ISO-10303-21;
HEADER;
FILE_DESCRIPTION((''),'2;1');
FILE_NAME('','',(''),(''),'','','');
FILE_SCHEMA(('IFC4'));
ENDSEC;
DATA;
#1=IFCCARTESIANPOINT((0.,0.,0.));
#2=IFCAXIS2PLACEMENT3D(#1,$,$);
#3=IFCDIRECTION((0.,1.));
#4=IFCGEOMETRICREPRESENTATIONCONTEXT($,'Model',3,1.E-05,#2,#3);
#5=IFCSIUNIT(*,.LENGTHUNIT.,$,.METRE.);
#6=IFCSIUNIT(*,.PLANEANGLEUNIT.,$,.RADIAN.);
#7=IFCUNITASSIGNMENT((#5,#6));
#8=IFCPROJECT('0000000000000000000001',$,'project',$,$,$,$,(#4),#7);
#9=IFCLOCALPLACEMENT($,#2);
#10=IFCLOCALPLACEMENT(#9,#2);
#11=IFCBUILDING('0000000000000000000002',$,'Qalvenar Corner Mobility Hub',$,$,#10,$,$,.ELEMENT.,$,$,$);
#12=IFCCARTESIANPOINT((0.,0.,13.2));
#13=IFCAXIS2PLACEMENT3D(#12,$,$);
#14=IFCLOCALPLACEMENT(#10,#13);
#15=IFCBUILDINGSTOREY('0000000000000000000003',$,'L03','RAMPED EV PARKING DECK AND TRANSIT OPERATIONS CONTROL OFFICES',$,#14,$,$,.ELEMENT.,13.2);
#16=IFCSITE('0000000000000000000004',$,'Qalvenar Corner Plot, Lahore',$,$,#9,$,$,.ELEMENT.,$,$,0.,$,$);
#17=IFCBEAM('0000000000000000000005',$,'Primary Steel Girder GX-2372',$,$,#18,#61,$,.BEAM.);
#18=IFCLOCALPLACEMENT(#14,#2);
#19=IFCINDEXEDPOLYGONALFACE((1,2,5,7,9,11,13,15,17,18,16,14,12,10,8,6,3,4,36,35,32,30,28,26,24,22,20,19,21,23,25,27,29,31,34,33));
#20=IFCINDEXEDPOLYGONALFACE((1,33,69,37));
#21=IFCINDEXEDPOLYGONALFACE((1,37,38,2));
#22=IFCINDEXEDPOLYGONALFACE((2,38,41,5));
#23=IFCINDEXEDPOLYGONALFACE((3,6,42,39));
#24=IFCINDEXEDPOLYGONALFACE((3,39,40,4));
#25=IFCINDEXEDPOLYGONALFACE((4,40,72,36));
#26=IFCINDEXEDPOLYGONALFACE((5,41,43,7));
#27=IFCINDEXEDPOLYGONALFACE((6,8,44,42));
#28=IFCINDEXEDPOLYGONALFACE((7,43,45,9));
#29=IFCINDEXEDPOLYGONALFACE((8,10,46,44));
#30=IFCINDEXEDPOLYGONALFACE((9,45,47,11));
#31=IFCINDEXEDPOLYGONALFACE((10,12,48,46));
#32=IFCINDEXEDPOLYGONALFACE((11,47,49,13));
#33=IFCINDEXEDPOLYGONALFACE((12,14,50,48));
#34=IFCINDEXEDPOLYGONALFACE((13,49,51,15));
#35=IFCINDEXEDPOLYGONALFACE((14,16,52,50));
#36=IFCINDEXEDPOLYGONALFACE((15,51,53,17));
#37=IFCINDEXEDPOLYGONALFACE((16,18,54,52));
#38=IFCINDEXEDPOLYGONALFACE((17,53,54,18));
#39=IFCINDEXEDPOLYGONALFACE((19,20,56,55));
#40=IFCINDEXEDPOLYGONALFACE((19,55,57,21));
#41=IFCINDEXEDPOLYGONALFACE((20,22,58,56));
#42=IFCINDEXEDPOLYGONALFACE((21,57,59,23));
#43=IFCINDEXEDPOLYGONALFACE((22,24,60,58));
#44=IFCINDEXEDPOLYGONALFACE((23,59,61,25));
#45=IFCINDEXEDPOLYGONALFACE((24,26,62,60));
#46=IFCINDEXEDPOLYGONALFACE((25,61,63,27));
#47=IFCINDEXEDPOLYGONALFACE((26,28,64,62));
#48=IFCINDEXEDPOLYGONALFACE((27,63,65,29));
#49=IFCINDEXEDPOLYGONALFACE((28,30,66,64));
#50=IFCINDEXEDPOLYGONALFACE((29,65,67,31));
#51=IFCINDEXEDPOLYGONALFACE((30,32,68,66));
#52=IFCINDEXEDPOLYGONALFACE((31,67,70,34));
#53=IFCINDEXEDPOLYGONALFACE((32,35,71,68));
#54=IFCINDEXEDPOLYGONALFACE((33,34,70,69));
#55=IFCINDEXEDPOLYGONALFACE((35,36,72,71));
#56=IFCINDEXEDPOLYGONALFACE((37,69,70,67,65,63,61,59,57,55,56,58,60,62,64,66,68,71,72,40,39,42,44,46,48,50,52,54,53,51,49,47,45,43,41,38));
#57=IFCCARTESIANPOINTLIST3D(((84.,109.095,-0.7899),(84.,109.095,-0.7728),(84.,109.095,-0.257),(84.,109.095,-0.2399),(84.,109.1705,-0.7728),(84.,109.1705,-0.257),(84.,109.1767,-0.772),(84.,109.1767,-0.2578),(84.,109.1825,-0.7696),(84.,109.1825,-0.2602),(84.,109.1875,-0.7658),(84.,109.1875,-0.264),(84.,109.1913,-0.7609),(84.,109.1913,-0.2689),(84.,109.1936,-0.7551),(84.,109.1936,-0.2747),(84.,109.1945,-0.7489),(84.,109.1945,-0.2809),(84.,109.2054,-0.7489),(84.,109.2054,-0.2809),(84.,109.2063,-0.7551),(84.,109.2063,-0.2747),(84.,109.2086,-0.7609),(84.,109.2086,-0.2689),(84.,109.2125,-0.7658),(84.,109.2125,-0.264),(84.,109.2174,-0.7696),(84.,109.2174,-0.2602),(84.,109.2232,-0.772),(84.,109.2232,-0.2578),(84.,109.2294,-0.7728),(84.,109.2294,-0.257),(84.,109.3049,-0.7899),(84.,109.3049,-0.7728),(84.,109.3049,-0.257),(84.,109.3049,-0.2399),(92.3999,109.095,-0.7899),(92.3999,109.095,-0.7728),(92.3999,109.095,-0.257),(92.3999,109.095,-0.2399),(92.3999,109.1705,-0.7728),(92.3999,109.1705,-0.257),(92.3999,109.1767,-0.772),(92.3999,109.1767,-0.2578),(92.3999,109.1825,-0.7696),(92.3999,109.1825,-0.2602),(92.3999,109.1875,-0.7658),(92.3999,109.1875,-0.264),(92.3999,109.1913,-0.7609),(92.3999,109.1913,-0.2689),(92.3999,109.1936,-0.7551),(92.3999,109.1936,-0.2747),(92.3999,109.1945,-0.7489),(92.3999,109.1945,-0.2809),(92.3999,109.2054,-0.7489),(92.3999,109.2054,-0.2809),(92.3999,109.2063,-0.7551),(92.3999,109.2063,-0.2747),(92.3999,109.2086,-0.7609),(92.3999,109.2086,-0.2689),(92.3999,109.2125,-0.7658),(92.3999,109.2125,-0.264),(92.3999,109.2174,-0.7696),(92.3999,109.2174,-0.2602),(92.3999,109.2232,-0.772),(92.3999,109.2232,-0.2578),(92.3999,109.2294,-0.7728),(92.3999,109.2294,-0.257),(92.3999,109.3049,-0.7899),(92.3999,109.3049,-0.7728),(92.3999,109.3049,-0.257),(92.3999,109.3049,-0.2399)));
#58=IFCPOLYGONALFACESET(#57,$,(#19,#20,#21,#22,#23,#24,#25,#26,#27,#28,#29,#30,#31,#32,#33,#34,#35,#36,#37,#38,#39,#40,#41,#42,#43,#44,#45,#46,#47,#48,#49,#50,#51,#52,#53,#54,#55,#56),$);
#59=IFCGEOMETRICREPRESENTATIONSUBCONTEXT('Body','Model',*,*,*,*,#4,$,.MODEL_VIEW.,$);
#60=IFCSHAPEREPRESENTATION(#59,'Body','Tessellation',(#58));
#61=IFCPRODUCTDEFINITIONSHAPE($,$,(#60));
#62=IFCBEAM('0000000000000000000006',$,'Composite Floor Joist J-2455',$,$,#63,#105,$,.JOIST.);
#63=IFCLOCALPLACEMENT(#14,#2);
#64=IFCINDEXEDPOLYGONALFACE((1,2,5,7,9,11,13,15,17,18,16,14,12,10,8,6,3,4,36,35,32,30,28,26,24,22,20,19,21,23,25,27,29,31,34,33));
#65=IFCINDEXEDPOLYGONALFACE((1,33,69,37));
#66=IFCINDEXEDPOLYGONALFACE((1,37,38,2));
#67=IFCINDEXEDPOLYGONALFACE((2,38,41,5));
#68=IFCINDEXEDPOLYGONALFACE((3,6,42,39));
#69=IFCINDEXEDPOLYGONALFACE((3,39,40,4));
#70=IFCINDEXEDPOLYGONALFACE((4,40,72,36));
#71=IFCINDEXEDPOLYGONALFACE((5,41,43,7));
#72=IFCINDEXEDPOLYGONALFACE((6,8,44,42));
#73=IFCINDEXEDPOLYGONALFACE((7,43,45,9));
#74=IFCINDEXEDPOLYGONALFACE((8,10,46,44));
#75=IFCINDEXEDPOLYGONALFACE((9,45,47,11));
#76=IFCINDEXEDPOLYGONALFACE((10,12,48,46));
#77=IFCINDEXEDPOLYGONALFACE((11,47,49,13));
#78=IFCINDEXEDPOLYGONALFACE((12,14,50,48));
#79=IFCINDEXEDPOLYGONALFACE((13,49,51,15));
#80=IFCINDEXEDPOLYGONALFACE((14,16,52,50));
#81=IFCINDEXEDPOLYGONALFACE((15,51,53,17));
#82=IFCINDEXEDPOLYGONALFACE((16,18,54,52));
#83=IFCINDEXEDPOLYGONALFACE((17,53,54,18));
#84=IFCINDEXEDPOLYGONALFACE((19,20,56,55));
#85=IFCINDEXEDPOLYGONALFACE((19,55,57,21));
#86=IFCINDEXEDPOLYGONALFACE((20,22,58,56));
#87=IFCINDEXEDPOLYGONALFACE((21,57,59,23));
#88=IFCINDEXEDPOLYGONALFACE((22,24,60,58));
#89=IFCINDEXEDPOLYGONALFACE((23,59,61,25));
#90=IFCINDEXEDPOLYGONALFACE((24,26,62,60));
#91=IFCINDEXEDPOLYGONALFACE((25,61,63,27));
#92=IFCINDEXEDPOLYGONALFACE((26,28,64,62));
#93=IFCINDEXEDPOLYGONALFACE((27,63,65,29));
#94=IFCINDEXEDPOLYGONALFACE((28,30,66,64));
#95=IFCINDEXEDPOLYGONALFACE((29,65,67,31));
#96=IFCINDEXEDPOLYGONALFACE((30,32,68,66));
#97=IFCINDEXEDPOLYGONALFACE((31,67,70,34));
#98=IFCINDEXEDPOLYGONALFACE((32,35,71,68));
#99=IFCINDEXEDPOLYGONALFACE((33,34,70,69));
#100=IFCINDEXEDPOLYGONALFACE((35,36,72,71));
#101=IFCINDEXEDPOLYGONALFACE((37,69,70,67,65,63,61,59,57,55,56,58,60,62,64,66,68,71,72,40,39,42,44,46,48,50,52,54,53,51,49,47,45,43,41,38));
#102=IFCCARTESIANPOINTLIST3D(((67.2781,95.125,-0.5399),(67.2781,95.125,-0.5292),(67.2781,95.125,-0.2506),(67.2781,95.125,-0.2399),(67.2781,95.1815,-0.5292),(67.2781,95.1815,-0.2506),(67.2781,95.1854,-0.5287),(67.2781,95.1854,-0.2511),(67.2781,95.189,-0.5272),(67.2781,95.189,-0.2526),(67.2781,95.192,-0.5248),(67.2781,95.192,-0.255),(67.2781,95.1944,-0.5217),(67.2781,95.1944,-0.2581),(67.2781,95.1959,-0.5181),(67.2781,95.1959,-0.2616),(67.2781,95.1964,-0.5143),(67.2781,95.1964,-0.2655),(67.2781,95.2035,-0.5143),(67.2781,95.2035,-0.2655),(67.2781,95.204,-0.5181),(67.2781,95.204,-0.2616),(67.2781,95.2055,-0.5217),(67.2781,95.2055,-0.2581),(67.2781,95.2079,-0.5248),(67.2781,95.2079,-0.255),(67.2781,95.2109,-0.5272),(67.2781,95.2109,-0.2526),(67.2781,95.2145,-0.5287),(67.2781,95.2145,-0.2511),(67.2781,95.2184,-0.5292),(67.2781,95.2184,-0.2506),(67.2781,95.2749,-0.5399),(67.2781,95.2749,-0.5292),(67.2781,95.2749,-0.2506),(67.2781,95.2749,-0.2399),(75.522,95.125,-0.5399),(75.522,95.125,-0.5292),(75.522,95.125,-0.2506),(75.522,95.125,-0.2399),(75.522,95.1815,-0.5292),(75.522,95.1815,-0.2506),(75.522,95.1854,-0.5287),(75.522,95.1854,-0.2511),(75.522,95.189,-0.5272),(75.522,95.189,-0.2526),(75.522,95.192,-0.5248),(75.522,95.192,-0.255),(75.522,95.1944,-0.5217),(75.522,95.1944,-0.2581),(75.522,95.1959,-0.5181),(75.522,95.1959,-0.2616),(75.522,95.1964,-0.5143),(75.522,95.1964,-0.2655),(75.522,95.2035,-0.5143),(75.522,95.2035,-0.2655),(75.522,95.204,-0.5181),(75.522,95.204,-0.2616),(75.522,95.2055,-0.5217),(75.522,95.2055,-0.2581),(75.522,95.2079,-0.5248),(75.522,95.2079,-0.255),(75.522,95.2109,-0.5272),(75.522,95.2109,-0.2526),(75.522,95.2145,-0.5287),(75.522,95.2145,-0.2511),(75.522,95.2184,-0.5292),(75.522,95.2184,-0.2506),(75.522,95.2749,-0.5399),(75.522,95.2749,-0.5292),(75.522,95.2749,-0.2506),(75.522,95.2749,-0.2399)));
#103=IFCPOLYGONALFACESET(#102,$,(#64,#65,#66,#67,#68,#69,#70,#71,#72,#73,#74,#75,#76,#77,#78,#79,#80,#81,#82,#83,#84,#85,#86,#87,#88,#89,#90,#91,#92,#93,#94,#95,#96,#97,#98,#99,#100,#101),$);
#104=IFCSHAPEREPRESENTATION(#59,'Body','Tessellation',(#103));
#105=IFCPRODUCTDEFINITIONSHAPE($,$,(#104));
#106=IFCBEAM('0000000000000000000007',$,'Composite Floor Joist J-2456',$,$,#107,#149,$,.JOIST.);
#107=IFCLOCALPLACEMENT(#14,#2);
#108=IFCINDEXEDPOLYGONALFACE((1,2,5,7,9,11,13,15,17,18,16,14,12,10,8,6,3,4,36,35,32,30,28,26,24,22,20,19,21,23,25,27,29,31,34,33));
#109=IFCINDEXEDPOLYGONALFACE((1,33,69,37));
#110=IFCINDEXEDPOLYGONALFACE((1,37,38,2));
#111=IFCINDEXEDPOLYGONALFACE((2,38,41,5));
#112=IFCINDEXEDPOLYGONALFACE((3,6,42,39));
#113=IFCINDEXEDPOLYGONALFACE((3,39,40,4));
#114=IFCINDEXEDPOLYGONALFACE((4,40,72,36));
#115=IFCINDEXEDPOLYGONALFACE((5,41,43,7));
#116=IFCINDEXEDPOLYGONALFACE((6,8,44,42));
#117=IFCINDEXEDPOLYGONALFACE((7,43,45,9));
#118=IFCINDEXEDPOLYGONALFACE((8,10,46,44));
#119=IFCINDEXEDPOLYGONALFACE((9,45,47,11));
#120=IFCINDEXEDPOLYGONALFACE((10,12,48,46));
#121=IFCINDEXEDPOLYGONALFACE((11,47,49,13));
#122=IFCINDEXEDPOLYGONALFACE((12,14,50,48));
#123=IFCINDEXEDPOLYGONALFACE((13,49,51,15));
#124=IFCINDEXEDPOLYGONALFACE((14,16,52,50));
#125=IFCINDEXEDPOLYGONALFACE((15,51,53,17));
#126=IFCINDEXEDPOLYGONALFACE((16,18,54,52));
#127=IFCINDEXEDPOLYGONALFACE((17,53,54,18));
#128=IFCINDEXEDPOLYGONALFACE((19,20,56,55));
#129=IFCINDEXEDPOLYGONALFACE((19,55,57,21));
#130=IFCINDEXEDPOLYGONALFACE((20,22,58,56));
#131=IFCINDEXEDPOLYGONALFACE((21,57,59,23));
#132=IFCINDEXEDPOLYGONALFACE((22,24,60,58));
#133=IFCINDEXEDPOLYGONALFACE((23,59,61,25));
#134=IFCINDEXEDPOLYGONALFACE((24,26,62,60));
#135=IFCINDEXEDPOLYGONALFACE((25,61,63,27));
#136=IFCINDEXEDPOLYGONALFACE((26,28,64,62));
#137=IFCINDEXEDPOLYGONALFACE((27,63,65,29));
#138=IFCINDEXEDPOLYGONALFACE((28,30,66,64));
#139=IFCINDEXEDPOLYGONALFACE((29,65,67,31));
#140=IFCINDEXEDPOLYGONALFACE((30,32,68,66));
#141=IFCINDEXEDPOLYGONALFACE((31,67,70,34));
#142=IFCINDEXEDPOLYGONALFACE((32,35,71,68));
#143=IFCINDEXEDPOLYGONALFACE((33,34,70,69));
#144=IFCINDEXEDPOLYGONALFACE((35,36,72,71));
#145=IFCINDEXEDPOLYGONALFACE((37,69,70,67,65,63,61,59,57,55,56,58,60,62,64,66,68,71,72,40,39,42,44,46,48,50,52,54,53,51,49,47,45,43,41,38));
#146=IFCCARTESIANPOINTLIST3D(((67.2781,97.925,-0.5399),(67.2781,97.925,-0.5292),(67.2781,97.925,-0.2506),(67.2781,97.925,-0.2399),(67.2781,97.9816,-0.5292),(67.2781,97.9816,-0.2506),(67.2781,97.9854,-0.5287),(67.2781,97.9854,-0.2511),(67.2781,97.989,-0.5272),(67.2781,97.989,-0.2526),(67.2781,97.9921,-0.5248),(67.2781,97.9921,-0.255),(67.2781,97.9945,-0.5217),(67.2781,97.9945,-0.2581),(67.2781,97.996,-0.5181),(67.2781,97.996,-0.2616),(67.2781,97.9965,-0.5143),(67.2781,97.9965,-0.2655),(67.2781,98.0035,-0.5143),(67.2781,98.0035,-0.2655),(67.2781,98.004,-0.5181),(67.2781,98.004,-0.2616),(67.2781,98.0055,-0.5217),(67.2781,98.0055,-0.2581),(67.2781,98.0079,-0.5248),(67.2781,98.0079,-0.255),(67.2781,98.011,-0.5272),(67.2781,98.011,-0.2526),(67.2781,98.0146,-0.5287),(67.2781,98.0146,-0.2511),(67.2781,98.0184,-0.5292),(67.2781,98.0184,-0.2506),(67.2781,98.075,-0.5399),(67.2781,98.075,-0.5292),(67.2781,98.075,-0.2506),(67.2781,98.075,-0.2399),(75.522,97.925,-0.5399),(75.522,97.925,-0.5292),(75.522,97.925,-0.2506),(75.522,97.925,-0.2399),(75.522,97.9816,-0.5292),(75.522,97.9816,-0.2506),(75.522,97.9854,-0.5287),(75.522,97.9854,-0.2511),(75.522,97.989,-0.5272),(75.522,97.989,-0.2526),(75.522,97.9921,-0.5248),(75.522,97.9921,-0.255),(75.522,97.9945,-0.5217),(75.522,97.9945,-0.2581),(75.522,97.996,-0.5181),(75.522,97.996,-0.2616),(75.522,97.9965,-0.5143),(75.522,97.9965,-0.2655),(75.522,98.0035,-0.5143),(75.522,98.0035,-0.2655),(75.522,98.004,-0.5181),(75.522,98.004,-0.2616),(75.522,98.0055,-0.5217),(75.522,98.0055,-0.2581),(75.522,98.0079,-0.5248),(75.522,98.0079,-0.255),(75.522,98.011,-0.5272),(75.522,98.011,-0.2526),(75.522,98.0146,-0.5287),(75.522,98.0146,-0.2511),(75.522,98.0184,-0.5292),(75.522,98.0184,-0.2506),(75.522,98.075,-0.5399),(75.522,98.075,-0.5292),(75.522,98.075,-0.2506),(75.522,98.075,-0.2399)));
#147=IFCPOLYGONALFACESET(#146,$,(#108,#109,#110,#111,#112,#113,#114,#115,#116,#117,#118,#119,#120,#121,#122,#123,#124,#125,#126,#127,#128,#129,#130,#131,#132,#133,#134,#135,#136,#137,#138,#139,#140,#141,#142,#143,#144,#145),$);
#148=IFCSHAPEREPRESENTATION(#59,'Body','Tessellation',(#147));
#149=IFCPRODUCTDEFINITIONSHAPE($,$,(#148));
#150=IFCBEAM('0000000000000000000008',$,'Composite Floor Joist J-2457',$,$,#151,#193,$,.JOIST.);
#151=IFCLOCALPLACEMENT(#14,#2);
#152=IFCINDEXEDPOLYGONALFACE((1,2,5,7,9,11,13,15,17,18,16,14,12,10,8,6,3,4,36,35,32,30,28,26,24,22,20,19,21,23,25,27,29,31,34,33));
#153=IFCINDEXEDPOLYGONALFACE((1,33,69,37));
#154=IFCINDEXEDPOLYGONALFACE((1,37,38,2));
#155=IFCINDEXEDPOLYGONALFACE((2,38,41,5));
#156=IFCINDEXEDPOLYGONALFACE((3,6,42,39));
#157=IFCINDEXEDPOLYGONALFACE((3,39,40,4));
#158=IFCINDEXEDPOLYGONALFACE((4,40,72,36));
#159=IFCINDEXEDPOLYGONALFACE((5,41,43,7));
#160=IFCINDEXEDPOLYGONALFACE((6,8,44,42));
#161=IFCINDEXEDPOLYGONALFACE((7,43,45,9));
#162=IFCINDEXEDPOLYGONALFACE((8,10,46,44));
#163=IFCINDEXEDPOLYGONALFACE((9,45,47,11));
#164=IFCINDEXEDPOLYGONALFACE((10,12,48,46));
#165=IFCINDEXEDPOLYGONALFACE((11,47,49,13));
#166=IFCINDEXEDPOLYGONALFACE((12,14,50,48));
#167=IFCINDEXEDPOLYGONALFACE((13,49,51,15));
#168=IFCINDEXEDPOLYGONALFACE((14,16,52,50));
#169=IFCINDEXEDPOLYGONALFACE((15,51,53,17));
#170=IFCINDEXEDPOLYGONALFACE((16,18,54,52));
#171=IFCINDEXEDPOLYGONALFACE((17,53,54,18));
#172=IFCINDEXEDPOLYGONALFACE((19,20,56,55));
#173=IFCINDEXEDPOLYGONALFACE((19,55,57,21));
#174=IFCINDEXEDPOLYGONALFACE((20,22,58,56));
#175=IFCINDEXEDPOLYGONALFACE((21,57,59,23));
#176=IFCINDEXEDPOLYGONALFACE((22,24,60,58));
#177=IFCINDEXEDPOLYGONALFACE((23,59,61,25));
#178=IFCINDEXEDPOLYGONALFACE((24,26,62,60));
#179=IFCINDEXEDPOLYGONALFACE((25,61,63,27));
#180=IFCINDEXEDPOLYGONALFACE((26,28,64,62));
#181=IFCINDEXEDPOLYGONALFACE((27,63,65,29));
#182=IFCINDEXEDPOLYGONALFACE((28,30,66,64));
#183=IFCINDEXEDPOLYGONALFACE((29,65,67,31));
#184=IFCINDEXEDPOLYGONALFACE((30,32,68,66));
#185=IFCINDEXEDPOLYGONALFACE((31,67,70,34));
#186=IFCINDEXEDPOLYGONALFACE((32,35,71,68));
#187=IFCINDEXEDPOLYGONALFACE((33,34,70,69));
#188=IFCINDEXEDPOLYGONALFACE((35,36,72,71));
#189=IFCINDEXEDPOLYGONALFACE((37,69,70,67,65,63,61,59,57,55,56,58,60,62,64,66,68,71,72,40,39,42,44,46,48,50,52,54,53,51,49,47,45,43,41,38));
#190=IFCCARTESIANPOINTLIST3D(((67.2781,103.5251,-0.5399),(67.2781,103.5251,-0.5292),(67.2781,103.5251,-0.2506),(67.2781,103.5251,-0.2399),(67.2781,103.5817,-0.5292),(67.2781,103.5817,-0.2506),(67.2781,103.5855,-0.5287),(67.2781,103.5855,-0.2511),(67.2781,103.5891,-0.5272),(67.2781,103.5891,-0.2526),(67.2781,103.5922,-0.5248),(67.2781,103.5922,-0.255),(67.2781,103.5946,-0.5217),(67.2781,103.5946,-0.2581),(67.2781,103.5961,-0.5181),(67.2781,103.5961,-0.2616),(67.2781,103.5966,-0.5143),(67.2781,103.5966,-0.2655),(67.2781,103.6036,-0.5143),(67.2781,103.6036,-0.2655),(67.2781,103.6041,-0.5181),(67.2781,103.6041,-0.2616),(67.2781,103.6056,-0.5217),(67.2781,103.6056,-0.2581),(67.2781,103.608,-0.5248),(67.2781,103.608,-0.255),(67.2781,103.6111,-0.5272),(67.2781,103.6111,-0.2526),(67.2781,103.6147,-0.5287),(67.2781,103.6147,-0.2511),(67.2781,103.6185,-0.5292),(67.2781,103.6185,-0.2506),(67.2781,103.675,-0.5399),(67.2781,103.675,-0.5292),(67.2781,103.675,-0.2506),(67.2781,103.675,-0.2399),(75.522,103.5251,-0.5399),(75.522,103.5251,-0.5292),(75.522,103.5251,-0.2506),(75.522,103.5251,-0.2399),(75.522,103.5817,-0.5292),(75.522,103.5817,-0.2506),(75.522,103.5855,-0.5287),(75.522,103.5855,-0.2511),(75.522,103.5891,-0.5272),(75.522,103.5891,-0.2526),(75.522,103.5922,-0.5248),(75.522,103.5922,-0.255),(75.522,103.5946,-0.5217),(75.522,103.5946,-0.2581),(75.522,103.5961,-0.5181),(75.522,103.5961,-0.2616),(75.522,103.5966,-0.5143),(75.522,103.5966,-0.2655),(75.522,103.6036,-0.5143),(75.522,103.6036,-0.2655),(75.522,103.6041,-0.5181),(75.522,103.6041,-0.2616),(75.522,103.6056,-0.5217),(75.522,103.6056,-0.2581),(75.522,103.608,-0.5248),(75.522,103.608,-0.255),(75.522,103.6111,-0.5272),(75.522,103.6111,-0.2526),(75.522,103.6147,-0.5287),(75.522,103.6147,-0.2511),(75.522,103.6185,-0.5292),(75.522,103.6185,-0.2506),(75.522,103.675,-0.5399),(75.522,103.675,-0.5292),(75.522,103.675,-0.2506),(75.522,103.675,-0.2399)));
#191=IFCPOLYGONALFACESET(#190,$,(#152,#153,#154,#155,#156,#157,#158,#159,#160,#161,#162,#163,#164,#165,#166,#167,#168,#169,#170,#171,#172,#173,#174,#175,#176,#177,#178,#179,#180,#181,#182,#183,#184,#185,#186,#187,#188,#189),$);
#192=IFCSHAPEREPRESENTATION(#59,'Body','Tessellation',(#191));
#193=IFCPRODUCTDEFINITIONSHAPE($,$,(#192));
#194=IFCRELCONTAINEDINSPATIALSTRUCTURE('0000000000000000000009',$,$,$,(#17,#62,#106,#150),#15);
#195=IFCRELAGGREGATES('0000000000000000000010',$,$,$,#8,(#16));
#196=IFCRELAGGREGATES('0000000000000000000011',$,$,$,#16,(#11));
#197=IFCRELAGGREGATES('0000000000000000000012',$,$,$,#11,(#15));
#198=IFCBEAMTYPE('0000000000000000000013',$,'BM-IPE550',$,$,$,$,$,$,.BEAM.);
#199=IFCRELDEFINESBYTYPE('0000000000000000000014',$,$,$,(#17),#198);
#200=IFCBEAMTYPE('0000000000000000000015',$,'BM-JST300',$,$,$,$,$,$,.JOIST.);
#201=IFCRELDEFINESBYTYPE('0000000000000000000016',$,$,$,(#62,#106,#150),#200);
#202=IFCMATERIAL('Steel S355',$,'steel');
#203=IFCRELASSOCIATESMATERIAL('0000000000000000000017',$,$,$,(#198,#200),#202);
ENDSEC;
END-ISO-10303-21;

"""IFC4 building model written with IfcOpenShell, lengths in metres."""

from ifc_helpers import new_model, si_unit, direction, frame, origin, origin_2d, place, context, subcontext, project, spatial, i_section, extrude, material, material_profile, profile_set, type_object, element, save


model = new_model("IFC4")

# Units and contexts
model_context = context("Model", 3, precision=1e-05, world=origin(), true_north=direction((0.0, 1.0)))
body_context = subcontext(model_context, "Body", "Model", "MODEL_VIEW")
ifc_project = project(units=[si_unit("LENGTHUNIT", "METRE"), si_unit("PLANEANGLEUNIT", "RADIAN")], contexts=[model_context])

# Site, building, storey
site_placement = place(None, origin())
site = spatial("IfcSite", under=ifc_project, at=site_placement, Name="Qalvenar Corner Plot, Lahore", CompositionType="ELEMENT", RefElevation=0.0)
building_placement = place(site_placement, origin())
building = spatial("IfcBuilding", under=site, at=building_placement, Name="Qalvenar Corner Mobility Hub", CompositionType="ELEMENT")
storey_placement = place(building_placement, frame((0.0, 0.0, 13.2)))
storey = spatial("IfcBuildingStorey", under=building, at=storey_placement, Name="L03", Description="RAMPED EV PARKING DECK AND TRANSIT OPERATIONS CONTROL OFFICES", CompositionType="ELEMENT", Elevation=13.2)

# Shared definitions
ifc_material = material(Name="Steel S355", Category="steel")

# Beams
ifc_material_profile_1 = material_profile(ifc_material, i_section(OverallWidth=0.21, OverallDepth=0.55, WebThickness=0.011, FlangeThickness=0.0171, FilletRadius=0.0239, at=origin_2d()), Name="IPE550")
ifc_profile_set_1 = profile_set([ifc_material_profile_1], Name="Steel S355")
beam_type_1 = type_object("IfcBeamType", Name="BM-IPE550", PredefinedType="BEAM", material=ifc_profile_set_1)
for number, where, z_axis, x_axis, name in (
    (1, (84.0, 109.2, -0.5149), (1.0, 0.0, 0.0), (0.0, 1.0, 0.0), "Primary Steel Girder GX-2372"),
):
    element("IfcBeam", number, at=place(storey_placement, frame(where, z_axis=z_axis, x_axis=x_axis)), inside=storey, type_object=beam_type_1, Name=name, PredefinedType="BEAM", context=body_context, shape_type="SweptSolid", body=[
        extrude(i_section(OverallWidth=0.21, OverallDepth=0.55, WebThickness=0.011, FlangeThickness=0.0171, FilletRadius=0.0239, at=origin_2d()), origin(), (0.0, 0.0, 1.0), 8.3999),
    ])
ifc_material_profile_2 = material_profile(ifc_material, i_section(OverallWidth=0.1499, OverallDepth=0.3, WebThickness=0.0071, FlangeThickness=0.0107, FilletRadius=0.0149, at=origin_2d()), Name="IPE300")
ifc_profile_set_2 = profile_set([ifc_material_profile_2], Name="Steel S355")
beam_type_2 = type_object("IfcBeamType", Name="BM-JST300", PredefinedType="JOIST", material=ifc_profile_set_2)
for number, where, z_axis, x_axis, name in (
    (2, (67.2781, 95.2, -0.3899), (1.0, 0.0, 0.0), (0.0, 1.0, 0.0), "Composite Floor Joist J-2455"),
    (3, (67.2781, 98.0, -0.3899), (1.0, 0.0, 0.0), (0.0, 1.0, 0.0), "Composite Floor Joist J-2456"),
    (4, (67.2781, 103.6001, -0.3899), (1.0, 0.0, 0.0), (0.0, 1.0, 0.0), "Composite Floor Joist J-2457"),
):
    element("IfcBeam", number, at=place(storey_placement, frame(where, z_axis=z_axis, x_axis=x_axis)), inside=storey, type_object=beam_type_2, Name=name, PredefinedType="JOIST", context=body_context, shape_type="SweptSolid", body=[
        extrude(i_section(OverallWidth=0.1499, OverallDepth=0.3, WebThickness=0.0071, FlangeThickness=0.0107, FilletRadius=0.0149, at=origin_2d()), origin(), (0.0, 0.0, 1.0), 8.2439),
    ])

save(model, "model.ifc")
